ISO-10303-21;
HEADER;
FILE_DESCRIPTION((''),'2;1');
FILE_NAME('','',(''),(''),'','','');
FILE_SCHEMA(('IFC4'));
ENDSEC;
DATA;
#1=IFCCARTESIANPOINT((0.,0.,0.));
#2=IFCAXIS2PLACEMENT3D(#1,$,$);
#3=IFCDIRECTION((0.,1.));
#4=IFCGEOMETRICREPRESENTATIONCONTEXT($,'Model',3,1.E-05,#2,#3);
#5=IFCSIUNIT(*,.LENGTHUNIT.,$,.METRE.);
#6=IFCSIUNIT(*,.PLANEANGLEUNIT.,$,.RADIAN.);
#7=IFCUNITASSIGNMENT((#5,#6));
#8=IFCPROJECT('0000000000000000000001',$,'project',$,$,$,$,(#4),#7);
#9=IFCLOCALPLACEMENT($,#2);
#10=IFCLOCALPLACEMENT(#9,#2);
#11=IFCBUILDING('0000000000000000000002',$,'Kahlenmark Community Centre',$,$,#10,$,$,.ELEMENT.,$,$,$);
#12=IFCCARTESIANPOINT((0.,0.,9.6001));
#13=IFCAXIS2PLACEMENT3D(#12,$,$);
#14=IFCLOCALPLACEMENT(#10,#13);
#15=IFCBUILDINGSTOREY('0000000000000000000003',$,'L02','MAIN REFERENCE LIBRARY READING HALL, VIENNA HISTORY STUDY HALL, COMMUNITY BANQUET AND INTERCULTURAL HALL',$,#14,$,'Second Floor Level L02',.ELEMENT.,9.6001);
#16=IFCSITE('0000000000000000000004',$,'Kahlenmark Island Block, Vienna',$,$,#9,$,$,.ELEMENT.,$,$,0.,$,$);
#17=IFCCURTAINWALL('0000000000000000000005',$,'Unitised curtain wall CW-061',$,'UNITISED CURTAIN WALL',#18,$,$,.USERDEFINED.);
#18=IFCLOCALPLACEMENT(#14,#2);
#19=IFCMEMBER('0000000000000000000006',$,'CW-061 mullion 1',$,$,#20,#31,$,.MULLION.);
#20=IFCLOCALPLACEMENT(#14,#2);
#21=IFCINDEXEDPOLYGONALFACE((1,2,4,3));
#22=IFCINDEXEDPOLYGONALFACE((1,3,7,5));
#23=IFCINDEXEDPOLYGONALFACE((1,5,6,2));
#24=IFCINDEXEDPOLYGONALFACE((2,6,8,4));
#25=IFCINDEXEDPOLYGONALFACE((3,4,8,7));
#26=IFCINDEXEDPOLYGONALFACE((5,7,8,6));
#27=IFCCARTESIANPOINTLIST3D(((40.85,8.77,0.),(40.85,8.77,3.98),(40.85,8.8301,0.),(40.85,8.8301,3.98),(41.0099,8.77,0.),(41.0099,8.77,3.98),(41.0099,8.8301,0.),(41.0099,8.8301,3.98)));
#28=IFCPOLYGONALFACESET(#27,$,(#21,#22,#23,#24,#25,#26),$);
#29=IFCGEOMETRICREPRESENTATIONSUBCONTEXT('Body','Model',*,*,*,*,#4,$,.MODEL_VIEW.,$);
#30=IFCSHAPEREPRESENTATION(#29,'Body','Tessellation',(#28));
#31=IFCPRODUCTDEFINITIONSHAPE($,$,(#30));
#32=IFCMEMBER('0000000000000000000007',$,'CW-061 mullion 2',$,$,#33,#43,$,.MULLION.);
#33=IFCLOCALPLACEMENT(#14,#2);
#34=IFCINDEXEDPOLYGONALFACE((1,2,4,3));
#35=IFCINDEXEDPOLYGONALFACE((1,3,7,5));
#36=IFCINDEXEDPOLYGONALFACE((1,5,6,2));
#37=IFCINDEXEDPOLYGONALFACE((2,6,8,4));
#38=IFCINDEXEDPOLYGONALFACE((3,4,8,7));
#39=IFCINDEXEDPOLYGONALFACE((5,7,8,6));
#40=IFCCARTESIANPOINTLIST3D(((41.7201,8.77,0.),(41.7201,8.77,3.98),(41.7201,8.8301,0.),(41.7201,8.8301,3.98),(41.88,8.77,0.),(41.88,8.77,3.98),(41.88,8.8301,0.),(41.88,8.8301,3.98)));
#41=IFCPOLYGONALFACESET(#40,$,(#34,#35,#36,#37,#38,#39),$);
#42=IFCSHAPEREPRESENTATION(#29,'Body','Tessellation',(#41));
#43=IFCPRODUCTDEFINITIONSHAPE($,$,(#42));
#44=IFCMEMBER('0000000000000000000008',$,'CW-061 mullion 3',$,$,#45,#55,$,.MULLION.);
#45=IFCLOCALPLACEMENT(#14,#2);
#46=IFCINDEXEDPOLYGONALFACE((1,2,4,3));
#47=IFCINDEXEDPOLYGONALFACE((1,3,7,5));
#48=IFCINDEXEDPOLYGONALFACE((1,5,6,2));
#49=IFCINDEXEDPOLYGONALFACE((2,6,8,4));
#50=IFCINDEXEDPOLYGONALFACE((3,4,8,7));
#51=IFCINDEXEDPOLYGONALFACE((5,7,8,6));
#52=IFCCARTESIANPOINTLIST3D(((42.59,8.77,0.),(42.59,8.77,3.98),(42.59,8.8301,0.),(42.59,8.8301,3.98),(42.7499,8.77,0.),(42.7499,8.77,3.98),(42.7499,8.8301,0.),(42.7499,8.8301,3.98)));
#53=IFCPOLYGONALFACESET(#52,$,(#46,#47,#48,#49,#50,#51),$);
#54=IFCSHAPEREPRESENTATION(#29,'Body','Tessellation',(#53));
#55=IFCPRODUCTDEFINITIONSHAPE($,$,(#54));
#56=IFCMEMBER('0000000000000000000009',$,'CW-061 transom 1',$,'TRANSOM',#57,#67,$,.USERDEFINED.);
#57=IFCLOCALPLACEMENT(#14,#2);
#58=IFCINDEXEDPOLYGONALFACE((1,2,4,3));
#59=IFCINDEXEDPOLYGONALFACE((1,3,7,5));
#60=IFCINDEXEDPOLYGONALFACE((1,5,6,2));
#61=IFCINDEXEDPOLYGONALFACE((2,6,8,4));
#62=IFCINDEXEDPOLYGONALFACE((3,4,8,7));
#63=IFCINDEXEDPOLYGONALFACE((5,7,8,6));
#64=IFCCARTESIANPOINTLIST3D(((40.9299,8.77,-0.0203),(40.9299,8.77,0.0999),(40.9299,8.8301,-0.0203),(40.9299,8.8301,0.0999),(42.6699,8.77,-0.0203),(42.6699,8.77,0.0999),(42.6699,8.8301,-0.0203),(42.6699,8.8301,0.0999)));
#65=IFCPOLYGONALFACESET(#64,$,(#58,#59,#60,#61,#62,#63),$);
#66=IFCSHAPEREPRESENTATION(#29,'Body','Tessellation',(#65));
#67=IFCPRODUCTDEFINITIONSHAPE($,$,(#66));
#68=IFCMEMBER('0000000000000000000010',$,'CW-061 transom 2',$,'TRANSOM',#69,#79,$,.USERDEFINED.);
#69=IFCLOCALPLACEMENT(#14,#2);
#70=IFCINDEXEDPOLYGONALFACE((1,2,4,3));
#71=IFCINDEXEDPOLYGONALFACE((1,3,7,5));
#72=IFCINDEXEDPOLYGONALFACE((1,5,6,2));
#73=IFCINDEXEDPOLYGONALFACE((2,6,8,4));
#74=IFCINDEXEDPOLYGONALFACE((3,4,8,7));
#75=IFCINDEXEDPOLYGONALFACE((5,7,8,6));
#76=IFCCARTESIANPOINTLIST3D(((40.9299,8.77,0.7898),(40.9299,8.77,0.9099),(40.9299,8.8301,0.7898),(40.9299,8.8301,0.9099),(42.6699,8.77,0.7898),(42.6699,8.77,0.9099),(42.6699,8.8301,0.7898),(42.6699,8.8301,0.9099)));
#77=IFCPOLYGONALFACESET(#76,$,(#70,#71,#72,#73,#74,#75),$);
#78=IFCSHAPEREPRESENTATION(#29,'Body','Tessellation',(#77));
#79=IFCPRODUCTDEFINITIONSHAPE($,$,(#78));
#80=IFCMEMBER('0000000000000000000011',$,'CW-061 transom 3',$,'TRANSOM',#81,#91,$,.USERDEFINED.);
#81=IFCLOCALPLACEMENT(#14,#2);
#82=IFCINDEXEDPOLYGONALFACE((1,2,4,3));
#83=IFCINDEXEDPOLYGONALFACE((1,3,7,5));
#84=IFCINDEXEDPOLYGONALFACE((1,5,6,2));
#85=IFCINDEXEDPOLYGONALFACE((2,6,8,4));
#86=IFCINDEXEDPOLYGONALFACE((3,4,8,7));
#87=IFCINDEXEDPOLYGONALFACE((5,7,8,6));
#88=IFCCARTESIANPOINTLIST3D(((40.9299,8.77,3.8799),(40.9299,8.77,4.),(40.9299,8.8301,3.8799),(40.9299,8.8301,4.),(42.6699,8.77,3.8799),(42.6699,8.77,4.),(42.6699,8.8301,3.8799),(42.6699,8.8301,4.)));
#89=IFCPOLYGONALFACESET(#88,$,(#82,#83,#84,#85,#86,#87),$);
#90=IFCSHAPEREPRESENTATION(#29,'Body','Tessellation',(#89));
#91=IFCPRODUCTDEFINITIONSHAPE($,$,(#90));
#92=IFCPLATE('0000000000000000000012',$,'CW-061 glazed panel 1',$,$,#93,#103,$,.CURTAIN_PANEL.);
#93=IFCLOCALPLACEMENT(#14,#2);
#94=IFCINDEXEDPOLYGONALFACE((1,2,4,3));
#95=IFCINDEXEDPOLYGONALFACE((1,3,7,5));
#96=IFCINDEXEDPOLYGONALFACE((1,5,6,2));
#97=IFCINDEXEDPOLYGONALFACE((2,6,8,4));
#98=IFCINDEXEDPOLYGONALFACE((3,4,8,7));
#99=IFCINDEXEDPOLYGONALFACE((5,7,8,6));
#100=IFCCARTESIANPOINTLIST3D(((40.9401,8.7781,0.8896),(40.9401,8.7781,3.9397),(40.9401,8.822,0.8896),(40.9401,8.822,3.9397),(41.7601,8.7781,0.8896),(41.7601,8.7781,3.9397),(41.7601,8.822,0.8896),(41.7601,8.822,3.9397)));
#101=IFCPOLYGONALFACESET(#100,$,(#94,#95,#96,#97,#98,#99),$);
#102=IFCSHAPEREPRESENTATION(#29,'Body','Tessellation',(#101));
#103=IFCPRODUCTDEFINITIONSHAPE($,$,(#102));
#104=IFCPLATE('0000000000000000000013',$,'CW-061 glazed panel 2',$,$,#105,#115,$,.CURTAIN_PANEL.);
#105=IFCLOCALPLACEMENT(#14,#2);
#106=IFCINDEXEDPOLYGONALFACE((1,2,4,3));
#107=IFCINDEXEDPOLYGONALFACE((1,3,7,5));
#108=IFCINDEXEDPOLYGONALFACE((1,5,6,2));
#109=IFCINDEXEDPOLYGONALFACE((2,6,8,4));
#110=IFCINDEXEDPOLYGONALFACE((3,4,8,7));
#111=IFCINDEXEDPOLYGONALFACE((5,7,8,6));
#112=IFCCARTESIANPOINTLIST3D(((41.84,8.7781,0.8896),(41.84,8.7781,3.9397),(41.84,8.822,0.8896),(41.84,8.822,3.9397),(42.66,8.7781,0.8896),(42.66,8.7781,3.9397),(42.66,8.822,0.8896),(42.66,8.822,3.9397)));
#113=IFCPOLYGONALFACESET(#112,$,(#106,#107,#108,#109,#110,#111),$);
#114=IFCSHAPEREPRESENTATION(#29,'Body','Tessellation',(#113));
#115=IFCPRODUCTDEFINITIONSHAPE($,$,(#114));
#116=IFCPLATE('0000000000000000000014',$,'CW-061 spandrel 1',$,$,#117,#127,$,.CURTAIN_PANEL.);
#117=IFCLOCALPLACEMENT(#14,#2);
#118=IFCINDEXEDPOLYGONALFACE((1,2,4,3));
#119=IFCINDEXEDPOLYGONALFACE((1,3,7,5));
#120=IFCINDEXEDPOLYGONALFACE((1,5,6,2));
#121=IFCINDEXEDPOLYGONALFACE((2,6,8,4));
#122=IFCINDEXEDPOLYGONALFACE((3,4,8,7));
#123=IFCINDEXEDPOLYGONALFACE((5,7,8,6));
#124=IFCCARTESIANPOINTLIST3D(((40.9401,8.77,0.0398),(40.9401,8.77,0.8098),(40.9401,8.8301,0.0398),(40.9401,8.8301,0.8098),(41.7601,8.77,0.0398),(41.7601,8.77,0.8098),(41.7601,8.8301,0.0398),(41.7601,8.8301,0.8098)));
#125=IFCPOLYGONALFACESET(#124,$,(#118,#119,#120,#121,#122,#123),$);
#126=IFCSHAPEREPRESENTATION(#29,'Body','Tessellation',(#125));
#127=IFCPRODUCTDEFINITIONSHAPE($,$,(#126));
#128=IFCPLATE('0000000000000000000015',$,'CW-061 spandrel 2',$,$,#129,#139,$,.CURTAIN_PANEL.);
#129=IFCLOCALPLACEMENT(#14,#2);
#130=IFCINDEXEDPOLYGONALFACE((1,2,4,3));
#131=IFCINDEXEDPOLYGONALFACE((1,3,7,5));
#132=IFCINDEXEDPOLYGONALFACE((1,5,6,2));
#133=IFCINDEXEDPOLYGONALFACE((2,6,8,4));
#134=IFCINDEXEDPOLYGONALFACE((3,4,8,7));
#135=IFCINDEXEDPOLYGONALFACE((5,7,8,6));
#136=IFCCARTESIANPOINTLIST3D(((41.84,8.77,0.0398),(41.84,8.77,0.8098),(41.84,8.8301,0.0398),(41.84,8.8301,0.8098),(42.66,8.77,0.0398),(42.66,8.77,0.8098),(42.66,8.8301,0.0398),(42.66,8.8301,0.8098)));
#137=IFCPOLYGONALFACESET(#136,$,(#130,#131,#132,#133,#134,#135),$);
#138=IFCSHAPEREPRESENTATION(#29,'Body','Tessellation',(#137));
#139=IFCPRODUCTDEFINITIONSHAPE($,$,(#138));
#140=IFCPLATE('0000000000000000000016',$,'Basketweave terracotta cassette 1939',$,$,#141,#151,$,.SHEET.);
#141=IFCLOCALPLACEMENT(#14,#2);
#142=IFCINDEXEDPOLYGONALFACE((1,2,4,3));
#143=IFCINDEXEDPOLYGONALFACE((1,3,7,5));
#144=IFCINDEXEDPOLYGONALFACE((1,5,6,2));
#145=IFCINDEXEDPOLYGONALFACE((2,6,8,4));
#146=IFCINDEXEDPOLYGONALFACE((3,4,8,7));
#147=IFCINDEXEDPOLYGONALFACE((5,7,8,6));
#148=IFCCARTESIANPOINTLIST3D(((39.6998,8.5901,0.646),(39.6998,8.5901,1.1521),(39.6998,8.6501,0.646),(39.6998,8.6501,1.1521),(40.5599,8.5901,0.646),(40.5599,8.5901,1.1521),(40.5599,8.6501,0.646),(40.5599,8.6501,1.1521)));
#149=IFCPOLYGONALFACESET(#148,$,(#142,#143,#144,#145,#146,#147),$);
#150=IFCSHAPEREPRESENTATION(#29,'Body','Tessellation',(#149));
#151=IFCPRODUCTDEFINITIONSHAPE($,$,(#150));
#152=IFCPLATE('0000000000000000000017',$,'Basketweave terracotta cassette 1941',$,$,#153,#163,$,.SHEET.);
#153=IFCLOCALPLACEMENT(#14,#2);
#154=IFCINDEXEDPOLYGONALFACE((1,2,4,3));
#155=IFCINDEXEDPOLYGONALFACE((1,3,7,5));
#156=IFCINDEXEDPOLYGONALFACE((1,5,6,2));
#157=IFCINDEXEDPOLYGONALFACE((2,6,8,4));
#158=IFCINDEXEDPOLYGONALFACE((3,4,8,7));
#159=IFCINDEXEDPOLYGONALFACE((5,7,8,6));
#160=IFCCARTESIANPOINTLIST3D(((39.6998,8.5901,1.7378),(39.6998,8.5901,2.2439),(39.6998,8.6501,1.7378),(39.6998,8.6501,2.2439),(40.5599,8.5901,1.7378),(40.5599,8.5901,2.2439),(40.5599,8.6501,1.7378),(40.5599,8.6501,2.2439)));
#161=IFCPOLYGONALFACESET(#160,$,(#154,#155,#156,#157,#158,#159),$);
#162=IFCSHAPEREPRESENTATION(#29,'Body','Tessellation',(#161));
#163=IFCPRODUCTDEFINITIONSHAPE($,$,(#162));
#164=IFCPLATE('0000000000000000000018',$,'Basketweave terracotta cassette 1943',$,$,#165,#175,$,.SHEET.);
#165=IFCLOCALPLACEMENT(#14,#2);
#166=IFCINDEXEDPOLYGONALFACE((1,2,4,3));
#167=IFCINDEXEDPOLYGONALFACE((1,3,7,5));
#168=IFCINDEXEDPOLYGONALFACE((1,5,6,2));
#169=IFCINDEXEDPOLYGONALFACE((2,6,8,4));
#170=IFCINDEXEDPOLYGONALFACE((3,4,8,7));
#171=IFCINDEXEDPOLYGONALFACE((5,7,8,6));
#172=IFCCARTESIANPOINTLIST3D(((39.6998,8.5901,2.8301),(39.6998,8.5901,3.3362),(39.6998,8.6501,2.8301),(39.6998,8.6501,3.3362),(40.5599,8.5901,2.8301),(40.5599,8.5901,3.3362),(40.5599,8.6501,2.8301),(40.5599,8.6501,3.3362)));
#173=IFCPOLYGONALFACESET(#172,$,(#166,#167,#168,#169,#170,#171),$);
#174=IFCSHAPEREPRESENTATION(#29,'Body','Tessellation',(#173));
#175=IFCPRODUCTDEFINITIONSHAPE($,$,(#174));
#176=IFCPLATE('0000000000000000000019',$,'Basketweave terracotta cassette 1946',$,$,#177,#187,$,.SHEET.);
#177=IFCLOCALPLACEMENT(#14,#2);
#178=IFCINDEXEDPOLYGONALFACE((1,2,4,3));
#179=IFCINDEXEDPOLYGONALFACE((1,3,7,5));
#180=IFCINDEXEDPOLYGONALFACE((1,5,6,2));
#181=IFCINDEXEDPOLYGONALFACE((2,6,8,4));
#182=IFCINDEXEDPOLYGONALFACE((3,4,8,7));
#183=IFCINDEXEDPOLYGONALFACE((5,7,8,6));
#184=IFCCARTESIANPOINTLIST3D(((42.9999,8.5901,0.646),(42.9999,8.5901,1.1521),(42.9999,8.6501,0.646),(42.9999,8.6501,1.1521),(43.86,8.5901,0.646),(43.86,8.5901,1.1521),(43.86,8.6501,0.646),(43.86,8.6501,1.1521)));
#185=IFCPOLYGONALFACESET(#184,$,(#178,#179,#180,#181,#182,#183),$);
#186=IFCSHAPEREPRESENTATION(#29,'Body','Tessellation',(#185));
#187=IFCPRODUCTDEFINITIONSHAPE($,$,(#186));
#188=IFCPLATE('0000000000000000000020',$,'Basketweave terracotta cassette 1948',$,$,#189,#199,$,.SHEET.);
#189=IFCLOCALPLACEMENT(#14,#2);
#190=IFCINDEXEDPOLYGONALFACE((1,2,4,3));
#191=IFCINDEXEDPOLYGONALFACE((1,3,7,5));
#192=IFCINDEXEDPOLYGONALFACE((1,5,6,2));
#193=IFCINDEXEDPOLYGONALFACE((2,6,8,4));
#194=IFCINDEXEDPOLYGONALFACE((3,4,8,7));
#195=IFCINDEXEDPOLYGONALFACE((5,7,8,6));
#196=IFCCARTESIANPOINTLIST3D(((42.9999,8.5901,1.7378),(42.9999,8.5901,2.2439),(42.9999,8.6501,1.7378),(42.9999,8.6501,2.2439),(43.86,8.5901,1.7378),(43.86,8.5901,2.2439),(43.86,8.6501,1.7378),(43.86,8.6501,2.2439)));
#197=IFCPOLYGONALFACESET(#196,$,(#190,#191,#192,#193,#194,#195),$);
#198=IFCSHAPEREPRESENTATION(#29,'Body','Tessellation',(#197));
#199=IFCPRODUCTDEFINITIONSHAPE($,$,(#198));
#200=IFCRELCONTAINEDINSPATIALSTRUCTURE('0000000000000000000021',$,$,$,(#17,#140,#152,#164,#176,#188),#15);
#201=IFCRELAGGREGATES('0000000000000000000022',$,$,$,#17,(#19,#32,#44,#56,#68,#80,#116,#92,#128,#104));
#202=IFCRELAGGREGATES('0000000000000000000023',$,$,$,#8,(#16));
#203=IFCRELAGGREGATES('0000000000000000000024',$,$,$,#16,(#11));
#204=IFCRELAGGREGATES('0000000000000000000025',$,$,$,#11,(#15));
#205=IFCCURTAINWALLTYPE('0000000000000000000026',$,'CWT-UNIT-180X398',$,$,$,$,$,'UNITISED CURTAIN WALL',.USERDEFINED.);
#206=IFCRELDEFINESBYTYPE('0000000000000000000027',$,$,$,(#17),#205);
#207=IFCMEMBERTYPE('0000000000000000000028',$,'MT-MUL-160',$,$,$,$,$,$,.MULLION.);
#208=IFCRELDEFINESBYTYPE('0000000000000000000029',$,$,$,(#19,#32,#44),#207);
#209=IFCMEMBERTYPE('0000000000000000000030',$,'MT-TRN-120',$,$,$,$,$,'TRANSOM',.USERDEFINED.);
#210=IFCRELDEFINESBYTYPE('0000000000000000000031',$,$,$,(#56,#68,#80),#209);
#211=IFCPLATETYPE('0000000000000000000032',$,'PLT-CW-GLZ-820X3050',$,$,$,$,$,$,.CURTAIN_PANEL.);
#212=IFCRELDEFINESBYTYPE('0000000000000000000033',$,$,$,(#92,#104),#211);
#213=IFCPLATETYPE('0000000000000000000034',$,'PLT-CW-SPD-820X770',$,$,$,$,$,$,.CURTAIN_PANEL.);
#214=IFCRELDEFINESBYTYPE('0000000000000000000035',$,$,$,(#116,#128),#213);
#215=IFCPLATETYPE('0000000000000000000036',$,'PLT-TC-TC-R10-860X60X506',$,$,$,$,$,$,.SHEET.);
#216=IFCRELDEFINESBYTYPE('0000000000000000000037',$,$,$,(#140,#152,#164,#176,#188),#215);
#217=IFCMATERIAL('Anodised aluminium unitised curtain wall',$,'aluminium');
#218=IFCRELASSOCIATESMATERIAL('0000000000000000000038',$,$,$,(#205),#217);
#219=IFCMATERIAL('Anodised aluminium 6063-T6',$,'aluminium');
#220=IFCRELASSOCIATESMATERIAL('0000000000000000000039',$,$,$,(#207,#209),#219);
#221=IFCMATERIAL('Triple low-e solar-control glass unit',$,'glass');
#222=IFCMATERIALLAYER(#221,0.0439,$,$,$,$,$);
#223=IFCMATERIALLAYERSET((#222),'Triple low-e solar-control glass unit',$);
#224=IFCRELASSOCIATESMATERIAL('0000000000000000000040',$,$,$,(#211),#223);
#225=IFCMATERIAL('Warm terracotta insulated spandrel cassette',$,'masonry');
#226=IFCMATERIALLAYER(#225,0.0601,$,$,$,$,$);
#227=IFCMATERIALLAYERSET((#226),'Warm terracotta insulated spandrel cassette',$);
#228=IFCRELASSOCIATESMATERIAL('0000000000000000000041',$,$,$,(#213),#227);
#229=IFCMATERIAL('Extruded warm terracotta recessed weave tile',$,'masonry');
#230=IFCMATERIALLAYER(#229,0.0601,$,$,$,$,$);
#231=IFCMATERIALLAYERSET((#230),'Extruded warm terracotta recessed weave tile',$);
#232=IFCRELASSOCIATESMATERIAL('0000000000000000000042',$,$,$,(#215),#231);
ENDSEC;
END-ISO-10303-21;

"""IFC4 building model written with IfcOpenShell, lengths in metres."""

from ifc_helpers import new_model, si_unit, direction, frame, origin, origin_2d, place, context, subcontext, project, spatial, rectangle, extrude, material, layer, layer_set, material_profile, profile_set, type_object, element, aggregate, save


model = new_model("IFC4")

# Units and contexts
model_context = context("Model", 3, precision=1e-05, world=origin(), true_north=direction((0.0, 1.0)))
body_context = subcontext(model_context, "Body", "Model", "MODEL_VIEW")
ifc_project = project(units=[si_unit("LENGTHUNIT", "METRE"), si_unit("PLANEANGLEUNIT", "RADIAN")], contexts=[model_context])

# Site, building, storey
site_placement = place(None, origin())
site = spatial("IfcSite", under=ifc_project, at=site_placement, Name="Kahlenmark Island Block, Vienna", CompositionType="ELEMENT", RefElevation=0.0)
building_placement = place(site_placement, origin())
building = spatial("IfcBuilding", under=site, at=building_placement, Name="Kahlenmark Community Centre", CompositionType="ELEMENT")
storey_placement = place(building_placement, frame((0.0, 0.0, 9.6001)))
storey = spatial("IfcBuildingStorey", under=building, at=storey_placement, Name="L02", Description="MAIN REFERENCE LIBRARY READING HALL, VIENNA HISTORY STUDY HALL, COMMUNITY BANQUET AND INTERCULTURAL HALL", LongName="Second Floor Level L02", CompositionType="ELEMENT", Elevation=9.6001)

# Curtain wall, members, plates
ifc_material_1 = material(Name="Anodised aluminium unitised curtain wall", Category="aluminium")
curtain_wall_type = type_object("IfcCurtainWallType", Name="CWT-UNIT-180X398", ElementType="UNITISED CURTAIN WALL", PredefinedType="USERDEFINED", material=ifc_material_1)
curtain_wall_placement = place(storey_placement, origin())
curtain_wall = element("IfcCurtainWall", 1, at=curtain_wall_placement, inside=storey, type_object=curtain_wall_type, Name="Unitised curtain wall CW-061", ObjectType="UNITISED CURTAIN WALL", PredefinedType="USERDEFINED")
ifc_material_2 = material(Name="Anodised aluminium 6063-T6", Category="aluminium")
ifc_material_profile_1 = material_profile(ifc_material_2, rectangle(XDim=0.0601, YDim=0.1599, at=origin_2d()), Name="ALU MULLION 60x160")
ifc_profile_set_1 = profile_set([ifc_material_profile_1], Name="Anodised aluminium 6063-T6")
member_type_1 = type_object("IfcMemberType", Name="MT-MUL-160", PredefinedType="MULLION", material=ifc_profile_set_1)
member_1_placement = place(storey_placement, frame((40.9299, 8.8, 0.0), z_axis=(0.0, 0.0, 1.0), x_axis=(0.0, 1.0, 0.0)))
member_1 = element("IfcMember", 2, at=member_1_placement, type_object=member_type_1, Name="CW-061 mullion 1", PredefinedType="MULLION", context=body_context, shape_type="SweptSolid", body=[
    extrude(rectangle(XDim=0.0601, YDim=0.1599, at=origin_2d()), origin(), (0.0, 0.0, 1.0), 3.98),
])
member_2_placement = place(storey_placement, frame((41.8, 8.8, 0.0), z_axis=(0.0, 0.0, 1.0), x_axis=(0.0, 1.0, 0.0)))
member_2 = element("IfcMember", 3, at=member_2_placement, type_object=member_type_1, Name="CW-061 mullion 2", PredefinedType="MULLION", context=body_context, shape_type="SweptSolid", body=[
    extrude(rectangle(XDim=0.0601, YDim=0.1599, at=origin_2d()), origin(), (0.0, 0.0, 1.0), 3.98),
])
member_3_placement = place(storey_placement, frame((42.6699, 8.8, 0.0), z_axis=(0.0, 0.0, 1.0), x_axis=(0.0, 1.0, 0.0)))
member_3 = element("IfcMember", 4, at=member_3_placement, type_object=member_type_1, Name="CW-061 mullion 3", PredefinedType="MULLION", context=body_context, shape_type="SweptSolid", body=[
    extrude(rectangle(XDim=0.0601, YDim=0.1599, at=origin_2d()), origin(), (0.0, 0.0, 1.0), 3.98),
])
ifc_material_profile_2 = material_profile(ifc_material_2, rectangle(XDim=0.0601, YDim=0.1201, at=origin_2d()), Name="ALU TRANSOM 60x120")
ifc_profile_set_2 = profile_set([ifc_material_profile_2], Name="Anodised aluminium 6063-T6")
member_type_2 = type_object("IfcMemberType", Name="MT-TRN-120", ElementType="TRANSOM", PredefinedType="USERDEFINED", material=ifc_profile_set_2)
member_4_placement = place(storey_placement, frame((40.9299, 8.8, 0.0398), z_axis=(1.0, 0.0, 0.0), x_axis=(0.0, 1.0, 0.0)))
member_4 = element("IfcMember", 5, at=member_4_placement, type_object=member_type_2, Name="CW-061 transom 1", ObjectType="TRANSOM", PredefinedType="USERDEFINED", context=body_context, shape_type="SweptSolid", body=[
    extrude(rectangle(XDim=0.0601, YDim=0.1201, at=origin_2d()), origin(), (0.0, 0.0, 1.0), 1.74),
])
member_5_placement = place(storey_placement, frame((40.9299, 8.8, 0.8499), z_axis=(1.0, 0.0, 0.0), x_axis=(0.0, 1.0, 0.0)))
member_5 = element("IfcMember", 6, at=member_5_placement, type_object=member_type_2, Name="CW-061 transom 2", ObjectType="TRANSOM", PredefinedType="USERDEFINED", context=body_context, shape_type="SweptSolid", body=[
    extrude(rectangle(XDim=0.0601, YDim=0.1201, at=origin_2d()), origin(), (0.0, 0.0, 1.0), 1.74),
])
member_6_placement = place(storey_placement, frame((40.9299, 8.8, 3.9399), z_axis=(1.0, 0.0, 0.0), x_axis=(0.0, 1.0, 0.0)))
member_6 = element("IfcMember", 7, at=member_6_placement, type_object=member_type_2, Name="CW-061 transom 3", ObjectType="TRANSOM", PredefinedType="USERDEFINED", context=body_context, shape_type="SweptSolid", body=[
    extrude(rectangle(XDim=0.0601, YDim=0.1201, at=origin_2d()), origin(), (0.0, 0.0, 1.0), 1.74),
])
ifc_material_3 = material(Name="Triple low-e solar-control glass unit", Category="glass")
ifc_layer_1 = layer(ifc_material_3, 0.0439)
ifc_layer_set_1 = layer_set([ifc_layer_1], Name="Triple low-e solar-control glass unit")
plate_type_1 = type_object("IfcPlateType", Name="PLT-CW-GLZ-820X3050", PredefinedType="CURTAIN_PANEL", material=ifc_layer_set_1)
plate_1_placement = place(storey_placement, frame((41.3501, 8.8, 0.8896), z_axis=(0.0, 0.0, 1.0), x_axis=(1.0, 0.0, 0.0)))
plate_1 = element("IfcPlate", 8, at=plate_1_placement, type_object=plate_type_1, Name="CW-061 glazed panel 1", PredefinedType="CURTAIN_PANEL", context=body_context, shape_type="SweptSolid", body=[
    extrude(rectangle(XDim=0.8201, YDim=0.0439, at=origin_2d()), origin(), (0.0, 0.0, 1.0), 3.05),
])
plate_2_placement = place(storey_placement, frame((42.25, 8.8, 0.8896), z_axis=(0.0, 0.0, 1.0), x_axis=(1.0, 0.0, 0.0)))
plate_2 = element("IfcPlate", 9, at=plate_2_placement, type_object=plate_type_1, Name="CW-061 glazed panel 2", PredefinedType="CURTAIN_PANEL", context=body_context, shape_type="SweptSolid", body=[
    extrude(rectangle(XDim=0.8201, YDim=0.0439, at=origin_2d()), origin(), (0.0, 0.0, 1.0), 3.05),
])
ifc_material_4 = material(Name="Warm terracotta insulated spandrel cassette", Category="masonry")
ifc_layer_2 = layer(ifc_material_4, 0.0601)
ifc_layer_set_2 = layer_set([ifc_layer_2], Name="Warm terracotta insulated spandrel cassette")
plate_type_2 = type_object("IfcPlateType", Name="PLT-CW-SPD-820X770", PredefinedType="CURTAIN_PANEL", material=ifc_layer_set_2)
plate_3_placement = place(storey_placement, frame((41.3501, 8.8, 0.0398), z_axis=(0.0, 0.0, 1.0), x_axis=(1.0, 0.0, 0.0)))
plate_3 = element("IfcPlate", 10, at=plate_3_placement, type_object=plate_type_2, Name="CW-061 spandrel 1", PredefinedType="CURTAIN_PANEL", context=body_context, shape_type="SweptSolid", body=[
    extrude(rectangle(XDim=0.8201, YDim=0.0601, at=origin_2d()), origin(), (0.0, 0.0, 1.0), 0.77),
])
plate_4_placement = place(storey_placement, frame((42.25, 8.8, 0.0398), z_axis=(0.0, 0.0, 1.0), x_axis=(1.0, 0.0, 0.0)))
plate_4 = element("IfcPlate", 11, at=plate_4_placement, type_object=plate_type_2, Name="CW-061 spandrel 2", PredefinedType="CURTAIN_PANEL", context=body_context, shape_type="SweptSolid", body=[
    extrude(rectangle(XDim=0.8201, YDim=0.0601, at=origin_2d()), origin(), (0.0, 0.0, 1.0), 0.77),
])
aggregate(curtain_wall, [member_1, member_2, member_3, member_4, member_5, member_6, plate_3, plate_1, plate_4, plate_2])

# Plates
ifc_material_5 = material(Name="Extruded warm terracotta recessed weave tile", Category="masonry")
ifc_layer_3 = layer(ifc_material_5, 0.0601)
ifc_layer_set_3 = layer_set([ifc_layer_3], Name="Extruded warm terracotta recessed weave tile")
plate_type_3 = type_object("IfcPlateType", Name="PLT-TC-TC-R10-860X60X506", PredefinedType="SHEET", material=ifc_layer_set_3)
for number, where, z_axis, x_axis, name in (
    (12, (40.1299, 8.6201, 0.646), (0.0, 0.0, 1.0), (1.0, 0.0, 0.0), "Basketweave terracotta cassette 1939"),
    (13, (40.1299, 8.6201, 1.7378), (0.0, 0.0, 1.0), (1.0, 0.0, 0.0), "Basketweave terracotta cassette 1941"),
    (14, (40.1299, 8.6201, 2.8301), (0.0, 0.0, 1.0), (1.0, 0.0, 0.0), "Basketweave terracotta cassette 1943"),
    (15, (43.4299, 8.6201, 0.646), (0.0, 0.0, 1.0), (1.0, 0.0, 0.0), "Basketweave terracotta cassette 1946"),
    (16, (43.4299, 8.6201, 1.7378), (0.0, 0.0, 1.0), (1.0, 0.0, 0.0), "Basketweave terracotta cassette 1948"),
):
    element("IfcPlate", number, at=place(storey_placement, frame(where, z_axis=z_axis, x_axis=x_axis)), inside=storey, type_object=plate_type_3, Name=name, PredefinedType="SHEET", context=body_context, shape_type="SweptSolid", body=[
        extrude(rectangle(XDim=0.8601, YDim=0.0601, at=origin_2d()), origin(), (0.0, 0.0, 1.0), 0.5061),
    ])

save(model, "model.ifc")
